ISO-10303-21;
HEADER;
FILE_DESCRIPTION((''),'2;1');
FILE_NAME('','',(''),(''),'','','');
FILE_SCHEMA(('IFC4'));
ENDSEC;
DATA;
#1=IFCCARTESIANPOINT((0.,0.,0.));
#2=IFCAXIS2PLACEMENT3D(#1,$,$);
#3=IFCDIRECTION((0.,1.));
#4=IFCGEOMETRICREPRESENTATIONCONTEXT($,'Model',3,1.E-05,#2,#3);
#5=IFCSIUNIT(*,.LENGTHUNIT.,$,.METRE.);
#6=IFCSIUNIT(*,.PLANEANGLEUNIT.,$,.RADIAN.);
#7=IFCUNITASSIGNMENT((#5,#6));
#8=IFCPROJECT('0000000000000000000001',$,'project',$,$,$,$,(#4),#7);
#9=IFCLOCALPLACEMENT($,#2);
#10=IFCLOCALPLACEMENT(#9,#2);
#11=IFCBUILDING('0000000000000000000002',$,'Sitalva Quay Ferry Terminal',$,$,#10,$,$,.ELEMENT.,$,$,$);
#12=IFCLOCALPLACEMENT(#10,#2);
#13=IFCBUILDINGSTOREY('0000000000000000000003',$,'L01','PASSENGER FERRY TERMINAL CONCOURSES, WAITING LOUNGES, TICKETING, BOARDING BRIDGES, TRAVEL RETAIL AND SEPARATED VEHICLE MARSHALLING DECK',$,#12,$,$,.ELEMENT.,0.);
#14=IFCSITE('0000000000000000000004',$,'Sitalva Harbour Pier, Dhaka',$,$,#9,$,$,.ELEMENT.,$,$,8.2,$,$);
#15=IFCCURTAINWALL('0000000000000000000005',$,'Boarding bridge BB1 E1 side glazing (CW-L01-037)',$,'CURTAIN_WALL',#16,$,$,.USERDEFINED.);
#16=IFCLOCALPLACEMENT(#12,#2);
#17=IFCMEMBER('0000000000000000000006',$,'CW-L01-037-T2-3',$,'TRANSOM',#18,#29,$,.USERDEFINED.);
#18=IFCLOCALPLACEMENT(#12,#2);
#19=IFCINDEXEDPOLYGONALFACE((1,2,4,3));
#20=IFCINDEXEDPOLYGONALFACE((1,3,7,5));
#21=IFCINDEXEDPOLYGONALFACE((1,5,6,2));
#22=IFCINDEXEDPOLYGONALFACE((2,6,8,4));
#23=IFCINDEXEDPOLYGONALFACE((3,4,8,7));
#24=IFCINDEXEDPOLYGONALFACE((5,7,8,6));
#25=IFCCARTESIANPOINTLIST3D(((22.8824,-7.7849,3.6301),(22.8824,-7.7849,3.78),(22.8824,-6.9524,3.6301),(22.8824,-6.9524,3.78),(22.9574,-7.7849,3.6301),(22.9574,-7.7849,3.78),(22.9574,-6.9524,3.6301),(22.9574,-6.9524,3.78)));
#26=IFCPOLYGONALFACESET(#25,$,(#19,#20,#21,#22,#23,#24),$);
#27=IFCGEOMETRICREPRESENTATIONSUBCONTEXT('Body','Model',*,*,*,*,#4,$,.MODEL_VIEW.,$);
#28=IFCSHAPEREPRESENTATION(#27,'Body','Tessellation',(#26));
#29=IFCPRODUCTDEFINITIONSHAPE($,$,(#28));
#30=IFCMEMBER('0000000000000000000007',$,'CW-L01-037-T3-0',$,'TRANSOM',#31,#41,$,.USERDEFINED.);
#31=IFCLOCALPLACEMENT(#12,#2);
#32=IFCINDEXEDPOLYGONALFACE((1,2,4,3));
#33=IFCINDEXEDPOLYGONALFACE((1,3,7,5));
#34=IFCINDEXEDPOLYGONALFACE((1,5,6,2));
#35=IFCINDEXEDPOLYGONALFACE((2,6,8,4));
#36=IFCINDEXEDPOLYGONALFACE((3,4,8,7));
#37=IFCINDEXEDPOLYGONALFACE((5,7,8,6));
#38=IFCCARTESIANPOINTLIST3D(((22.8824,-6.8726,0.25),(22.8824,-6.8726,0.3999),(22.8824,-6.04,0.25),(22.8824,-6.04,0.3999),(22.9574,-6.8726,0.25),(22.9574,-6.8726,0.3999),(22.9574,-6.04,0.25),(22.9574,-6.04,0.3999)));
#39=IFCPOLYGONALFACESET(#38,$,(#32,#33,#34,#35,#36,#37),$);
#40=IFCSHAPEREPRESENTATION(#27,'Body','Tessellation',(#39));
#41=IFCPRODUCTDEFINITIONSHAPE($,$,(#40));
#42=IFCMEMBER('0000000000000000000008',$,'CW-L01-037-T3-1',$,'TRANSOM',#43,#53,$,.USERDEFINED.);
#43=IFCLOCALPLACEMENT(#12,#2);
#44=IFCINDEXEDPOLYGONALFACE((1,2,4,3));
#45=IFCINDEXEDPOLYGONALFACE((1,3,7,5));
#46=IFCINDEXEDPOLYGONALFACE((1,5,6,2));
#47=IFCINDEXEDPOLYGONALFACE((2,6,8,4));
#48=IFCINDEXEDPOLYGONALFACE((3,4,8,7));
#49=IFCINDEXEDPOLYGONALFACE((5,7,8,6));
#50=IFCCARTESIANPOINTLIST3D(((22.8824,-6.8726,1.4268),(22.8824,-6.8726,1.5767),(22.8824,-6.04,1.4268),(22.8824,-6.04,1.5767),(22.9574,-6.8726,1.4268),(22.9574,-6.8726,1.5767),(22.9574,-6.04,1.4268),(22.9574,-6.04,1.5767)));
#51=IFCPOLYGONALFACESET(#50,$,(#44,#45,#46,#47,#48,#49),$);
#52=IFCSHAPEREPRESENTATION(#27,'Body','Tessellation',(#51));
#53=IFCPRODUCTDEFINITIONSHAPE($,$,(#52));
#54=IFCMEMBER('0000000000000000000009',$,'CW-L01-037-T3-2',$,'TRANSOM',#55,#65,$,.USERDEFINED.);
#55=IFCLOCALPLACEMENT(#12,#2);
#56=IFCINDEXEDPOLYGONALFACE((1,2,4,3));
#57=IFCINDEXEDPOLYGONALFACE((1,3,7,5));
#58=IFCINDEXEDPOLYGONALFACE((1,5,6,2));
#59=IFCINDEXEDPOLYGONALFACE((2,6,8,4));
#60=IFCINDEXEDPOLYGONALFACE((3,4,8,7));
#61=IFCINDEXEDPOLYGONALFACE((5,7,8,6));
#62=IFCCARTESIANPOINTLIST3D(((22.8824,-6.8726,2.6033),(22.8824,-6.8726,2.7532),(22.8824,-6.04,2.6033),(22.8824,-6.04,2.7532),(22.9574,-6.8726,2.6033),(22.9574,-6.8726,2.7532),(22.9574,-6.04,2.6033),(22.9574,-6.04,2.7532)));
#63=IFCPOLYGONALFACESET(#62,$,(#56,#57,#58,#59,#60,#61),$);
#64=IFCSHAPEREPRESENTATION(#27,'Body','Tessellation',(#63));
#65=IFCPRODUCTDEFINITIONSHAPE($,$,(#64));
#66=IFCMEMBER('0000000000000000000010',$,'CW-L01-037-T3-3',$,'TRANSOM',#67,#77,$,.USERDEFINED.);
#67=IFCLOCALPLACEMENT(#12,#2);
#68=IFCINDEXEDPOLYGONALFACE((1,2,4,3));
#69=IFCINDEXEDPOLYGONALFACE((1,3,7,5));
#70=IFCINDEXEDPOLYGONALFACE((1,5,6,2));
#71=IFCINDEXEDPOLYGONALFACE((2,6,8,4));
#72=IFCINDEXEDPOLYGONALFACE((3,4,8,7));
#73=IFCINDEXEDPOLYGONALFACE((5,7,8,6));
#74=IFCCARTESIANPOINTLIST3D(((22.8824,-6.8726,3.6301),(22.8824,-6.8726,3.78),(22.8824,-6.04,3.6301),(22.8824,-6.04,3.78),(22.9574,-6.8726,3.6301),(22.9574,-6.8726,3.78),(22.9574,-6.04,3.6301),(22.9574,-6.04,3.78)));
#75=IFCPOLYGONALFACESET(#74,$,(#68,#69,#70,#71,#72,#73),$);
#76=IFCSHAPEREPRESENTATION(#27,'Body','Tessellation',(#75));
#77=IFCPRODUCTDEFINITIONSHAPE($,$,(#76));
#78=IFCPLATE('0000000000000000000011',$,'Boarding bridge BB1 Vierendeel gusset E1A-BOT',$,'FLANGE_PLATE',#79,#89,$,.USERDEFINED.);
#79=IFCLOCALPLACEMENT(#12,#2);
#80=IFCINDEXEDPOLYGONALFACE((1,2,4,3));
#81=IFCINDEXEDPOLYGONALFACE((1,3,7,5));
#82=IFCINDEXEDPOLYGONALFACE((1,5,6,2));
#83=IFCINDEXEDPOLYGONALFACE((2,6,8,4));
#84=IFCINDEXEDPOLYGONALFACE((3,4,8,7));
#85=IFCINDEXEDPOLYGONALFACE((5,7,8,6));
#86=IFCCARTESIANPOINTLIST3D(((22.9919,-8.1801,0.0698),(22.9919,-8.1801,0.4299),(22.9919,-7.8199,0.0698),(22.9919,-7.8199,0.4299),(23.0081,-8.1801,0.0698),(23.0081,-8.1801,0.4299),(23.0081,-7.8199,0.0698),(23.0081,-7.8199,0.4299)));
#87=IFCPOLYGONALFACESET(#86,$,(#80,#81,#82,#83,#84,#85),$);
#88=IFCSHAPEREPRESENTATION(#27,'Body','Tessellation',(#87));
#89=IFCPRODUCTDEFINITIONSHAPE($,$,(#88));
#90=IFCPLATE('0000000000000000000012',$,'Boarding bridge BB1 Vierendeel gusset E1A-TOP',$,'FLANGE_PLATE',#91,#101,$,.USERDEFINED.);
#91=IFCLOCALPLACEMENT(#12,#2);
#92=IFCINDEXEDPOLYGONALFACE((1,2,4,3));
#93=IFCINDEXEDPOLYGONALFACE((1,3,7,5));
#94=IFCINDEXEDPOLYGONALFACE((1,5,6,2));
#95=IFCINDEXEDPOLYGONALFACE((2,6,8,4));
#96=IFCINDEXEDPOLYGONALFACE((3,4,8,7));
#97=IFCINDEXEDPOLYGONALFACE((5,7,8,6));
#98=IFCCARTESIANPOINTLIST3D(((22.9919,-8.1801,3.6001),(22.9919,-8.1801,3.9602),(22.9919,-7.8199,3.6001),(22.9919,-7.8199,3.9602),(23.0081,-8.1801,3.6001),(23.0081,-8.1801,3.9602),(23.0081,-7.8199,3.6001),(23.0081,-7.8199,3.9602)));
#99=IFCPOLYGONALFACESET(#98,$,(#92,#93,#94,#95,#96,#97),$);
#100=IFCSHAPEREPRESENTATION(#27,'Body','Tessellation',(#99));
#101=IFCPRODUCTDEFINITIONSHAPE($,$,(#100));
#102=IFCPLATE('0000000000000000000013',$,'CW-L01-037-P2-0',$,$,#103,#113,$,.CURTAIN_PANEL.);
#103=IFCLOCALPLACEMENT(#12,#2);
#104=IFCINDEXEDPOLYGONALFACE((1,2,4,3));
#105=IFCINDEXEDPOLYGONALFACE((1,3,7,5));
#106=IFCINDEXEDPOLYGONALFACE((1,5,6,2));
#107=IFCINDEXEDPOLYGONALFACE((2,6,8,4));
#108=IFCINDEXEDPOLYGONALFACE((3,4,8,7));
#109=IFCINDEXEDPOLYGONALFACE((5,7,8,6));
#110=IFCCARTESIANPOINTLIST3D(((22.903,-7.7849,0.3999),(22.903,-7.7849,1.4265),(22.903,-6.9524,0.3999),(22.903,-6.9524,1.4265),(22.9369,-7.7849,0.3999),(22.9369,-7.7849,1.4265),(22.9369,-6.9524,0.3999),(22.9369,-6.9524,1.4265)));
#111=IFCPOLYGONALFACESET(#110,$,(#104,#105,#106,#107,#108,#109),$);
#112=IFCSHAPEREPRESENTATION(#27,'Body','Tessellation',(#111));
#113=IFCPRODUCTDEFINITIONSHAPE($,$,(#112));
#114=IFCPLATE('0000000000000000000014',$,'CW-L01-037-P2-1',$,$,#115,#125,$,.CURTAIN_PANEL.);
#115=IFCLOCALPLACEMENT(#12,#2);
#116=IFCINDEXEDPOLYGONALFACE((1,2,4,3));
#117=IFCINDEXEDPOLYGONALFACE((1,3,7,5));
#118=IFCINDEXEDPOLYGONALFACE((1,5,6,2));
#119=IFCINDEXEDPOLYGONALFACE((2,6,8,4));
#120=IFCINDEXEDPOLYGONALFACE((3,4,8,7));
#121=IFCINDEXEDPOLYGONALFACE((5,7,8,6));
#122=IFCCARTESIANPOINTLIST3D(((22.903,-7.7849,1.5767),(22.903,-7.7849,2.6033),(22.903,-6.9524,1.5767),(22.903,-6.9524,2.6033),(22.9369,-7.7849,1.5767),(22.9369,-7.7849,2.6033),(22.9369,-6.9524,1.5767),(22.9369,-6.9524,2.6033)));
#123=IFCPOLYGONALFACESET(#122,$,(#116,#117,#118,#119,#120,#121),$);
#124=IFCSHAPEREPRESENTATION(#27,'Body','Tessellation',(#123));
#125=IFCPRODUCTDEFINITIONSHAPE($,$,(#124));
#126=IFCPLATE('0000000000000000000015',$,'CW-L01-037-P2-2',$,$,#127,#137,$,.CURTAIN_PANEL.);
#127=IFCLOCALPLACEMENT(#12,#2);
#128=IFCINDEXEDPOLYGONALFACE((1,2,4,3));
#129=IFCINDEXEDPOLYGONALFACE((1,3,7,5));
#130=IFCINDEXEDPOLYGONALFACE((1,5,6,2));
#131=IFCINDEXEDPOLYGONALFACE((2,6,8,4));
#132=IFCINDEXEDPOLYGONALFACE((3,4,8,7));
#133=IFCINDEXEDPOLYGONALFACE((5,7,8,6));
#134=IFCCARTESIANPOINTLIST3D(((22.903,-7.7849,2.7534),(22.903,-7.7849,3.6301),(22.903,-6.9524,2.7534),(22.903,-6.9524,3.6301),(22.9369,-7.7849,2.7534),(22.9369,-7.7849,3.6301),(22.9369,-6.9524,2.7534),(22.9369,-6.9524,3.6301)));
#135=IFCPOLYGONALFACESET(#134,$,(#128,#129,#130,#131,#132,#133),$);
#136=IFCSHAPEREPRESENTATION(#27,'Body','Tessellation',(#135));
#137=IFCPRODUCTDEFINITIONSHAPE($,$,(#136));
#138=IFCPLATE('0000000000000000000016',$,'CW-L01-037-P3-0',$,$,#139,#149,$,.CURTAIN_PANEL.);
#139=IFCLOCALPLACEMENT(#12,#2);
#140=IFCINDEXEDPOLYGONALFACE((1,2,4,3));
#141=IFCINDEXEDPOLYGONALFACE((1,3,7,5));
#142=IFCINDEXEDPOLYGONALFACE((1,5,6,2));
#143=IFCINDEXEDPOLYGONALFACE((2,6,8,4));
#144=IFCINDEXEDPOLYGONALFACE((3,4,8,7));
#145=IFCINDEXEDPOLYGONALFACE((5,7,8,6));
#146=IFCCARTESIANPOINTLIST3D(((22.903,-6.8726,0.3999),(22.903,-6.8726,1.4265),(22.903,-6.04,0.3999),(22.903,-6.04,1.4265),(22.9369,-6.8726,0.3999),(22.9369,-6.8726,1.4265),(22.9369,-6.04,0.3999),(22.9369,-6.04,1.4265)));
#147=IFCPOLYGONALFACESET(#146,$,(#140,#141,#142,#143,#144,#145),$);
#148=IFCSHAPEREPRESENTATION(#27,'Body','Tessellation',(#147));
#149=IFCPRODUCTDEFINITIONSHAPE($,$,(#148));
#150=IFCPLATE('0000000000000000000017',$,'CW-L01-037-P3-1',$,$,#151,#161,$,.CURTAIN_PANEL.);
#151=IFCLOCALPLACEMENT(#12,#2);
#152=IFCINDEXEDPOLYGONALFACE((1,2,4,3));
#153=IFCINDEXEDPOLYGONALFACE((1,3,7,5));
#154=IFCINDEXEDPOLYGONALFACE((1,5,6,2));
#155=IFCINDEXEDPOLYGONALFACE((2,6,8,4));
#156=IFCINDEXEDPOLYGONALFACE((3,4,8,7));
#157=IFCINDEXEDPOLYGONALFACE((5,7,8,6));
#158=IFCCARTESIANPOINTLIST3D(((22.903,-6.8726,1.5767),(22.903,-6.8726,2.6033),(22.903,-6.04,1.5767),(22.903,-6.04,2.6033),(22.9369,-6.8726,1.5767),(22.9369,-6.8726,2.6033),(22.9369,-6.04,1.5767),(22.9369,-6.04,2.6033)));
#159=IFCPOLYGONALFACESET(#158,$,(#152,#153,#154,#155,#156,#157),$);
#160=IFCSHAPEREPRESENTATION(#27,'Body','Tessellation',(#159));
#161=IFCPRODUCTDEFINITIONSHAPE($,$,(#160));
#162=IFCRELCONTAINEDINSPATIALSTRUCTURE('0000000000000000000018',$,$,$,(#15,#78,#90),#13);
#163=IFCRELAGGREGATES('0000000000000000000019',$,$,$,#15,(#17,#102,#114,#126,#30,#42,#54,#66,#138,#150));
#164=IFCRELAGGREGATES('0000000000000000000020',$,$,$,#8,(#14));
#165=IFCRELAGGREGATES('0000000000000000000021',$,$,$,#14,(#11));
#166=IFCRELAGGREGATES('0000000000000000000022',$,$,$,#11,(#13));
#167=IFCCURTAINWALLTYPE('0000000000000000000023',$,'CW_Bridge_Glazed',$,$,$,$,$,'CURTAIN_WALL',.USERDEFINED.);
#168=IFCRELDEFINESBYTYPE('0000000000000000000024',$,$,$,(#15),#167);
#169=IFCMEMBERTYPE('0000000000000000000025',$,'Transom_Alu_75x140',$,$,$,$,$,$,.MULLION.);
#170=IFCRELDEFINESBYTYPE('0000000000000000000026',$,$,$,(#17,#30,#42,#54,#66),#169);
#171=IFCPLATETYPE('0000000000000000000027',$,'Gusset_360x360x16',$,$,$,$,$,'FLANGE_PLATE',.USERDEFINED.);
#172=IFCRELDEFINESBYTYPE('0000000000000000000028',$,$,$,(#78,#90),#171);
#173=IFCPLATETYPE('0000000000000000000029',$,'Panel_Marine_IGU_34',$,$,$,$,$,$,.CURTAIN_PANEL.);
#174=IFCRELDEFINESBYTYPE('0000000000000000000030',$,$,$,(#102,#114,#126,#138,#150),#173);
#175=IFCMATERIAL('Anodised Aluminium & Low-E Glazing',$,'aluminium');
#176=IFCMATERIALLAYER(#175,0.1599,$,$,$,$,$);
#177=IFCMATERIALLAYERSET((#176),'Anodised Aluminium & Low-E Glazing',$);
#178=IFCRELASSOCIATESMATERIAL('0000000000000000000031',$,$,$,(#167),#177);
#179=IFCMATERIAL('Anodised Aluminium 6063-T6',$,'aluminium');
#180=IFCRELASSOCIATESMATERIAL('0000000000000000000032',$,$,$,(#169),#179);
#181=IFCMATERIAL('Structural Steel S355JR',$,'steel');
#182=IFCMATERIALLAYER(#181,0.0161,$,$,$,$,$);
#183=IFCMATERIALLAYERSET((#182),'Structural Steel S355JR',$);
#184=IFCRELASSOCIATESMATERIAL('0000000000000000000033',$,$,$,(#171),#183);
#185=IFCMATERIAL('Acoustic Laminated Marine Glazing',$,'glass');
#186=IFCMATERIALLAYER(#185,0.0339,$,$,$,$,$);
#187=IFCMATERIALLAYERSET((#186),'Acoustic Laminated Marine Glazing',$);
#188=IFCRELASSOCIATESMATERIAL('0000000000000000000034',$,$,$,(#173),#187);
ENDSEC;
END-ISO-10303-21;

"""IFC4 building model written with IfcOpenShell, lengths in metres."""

from ifc_helpers import new_model, si_unit, direction, frame, origin, origin_2d, place, context, subcontext, project, spatial, rectangle, extrude, material, layer, layer_set, material_profile, profile_set, type_object, element, aggregate, save


model = new_model("IFC4")

# Units and contexts
model_context = context("Model", 3, precision=1e-05, world=origin(), true_north=direction((0.0, 1.0)))
body_context = subcontext(model_context, "Body", "Model", "MODEL_VIEW")
ifc_project = project(units=[si_unit("LENGTHUNIT", "METRE"), si_unit("PLANEANGLEUNIT", "RADIAN")], contexts=[model_context])

# Site, building, storey
site_placement = place(None, origin())
site = spatial("IfcSite", under=ifc_project, at=site_placement, Name="Sitalva Harbour Pier, Dhaka", CompositionType="ELEMENT", RefElevation=8.2)
building_placement = place(site_placement, origin())
building = spatial("IfcBuilding", under=site, at=building_placement, Name="Sitalva Quay Ferry Terminal", CompositionType="ELEMENT")
storey_placement = place(building_placement, origin())
storey = spatial("IfcBuildingStorey", under=building, at=storey_placement, Name="L01", Description="PASSENGER FERRY TERMINAL CONCOURSES, WAITING LOUNGES, TICKETING, BOARDING BRIDGES, TRAVEL RETAIL AND SEPARATED VEHICLE MARSHALLING DECK", CompositionType="ELEMENT", Elevation=0.0)

# Curtain wall
ifc_material_1 = material(Name="Anodised Aluminium & Low-E Glazing", Category="aluminium")
ifc_layer_1 = layer(ifc_material_1, 0.1599)
ifc_layer_set_1 = layer_set([ifc_layer_1], Name="Anodised Aluminium & Low-E Glazing")
curtain_wall_type = type_object("IfcCurtainWallType", Name="CW_Bridge_Glazed", ElementType="CURTAIN_WALL", PredefinedType="USERDEFINED", material=ifc_layer_set_1)
curtain_wall_placement = place(storey_placement, origin())
curtain_wall = element("IfcCurtainWall", 1, at=curtain_wall_placement, inside=storey, type_object=curtain_wall_type, Name="Boarding bridge BB1 E1 side glazing (CW-L01-037)", ObjectType="CURTAIN_WALL", PredefinedType="USERDEFINED")

# Members
ifc_material_2 = material(Name="Anodised Aluminium 6063-T6", Category="aluminium")
ifc_material_profile_1 = material_profile(ifc_material_2, rectangle(XDim=0.075, YDim=0.1499, at=origin_2d()), Name="ALU75x150")
ifc_profile_set_1 = profile_set([ifc_material_profile_1], Name="Anodised Aluminium 6063-T6")
member_type_1 = type_object("IfcMemberType", Name="Transom_Alu_75x140", PredefinedType="MULLION", material=ifc_profile_set_1)
member_1_placement = place(storey_placement, frame((22.9199, -7.7849, 3.7051), z_axis=(0.0, 1.0, 0.0), x_axis=(-1.0, 0.0, 0.0)))
member_1 = element("IfcMember", 2, at=member_1_placement, type_object=member_type_1, Name="CW-L01-037-T2-3", ObjectType="TRANSOM", PredefinedType="USERDEFINED", context=body_context, shape_type="SweptSolid", body=[
    extrude(rectangle(XDim=0.075, YDim=0.1499, at=origin_2d()), origin(), (0.0, 0.0, 1.0), 0.8325),
])
member_2_placement = place(storey_placement, frame((22.9199, -6.8726, 0.325), z_axis=(0.0, 1.0, 0.0), x_axis=(-1.0, 0.0, 0.0)))
member_2 = element("IfcMember", 3, at=member_2_placement, type_object=member_type_1, Name="CW-L01-037-T3-0", ObjectType="TRANSOM", PredefinedType="USERDEFINED", context=body_context, shape_type="SweptSolid", body=[
    extrude(rectangle(XDim=0.075, YDim=0.1499, at=origin_2d()), origin(), (0.0, 0.0, 1.0), 0.8325),
])
member_3_placement = place(storey_placement, frame((22.9199, -6.8726, 1.5017), z_axis=(0.0, 1.0, 0.0), x_axis=(-1.0, 0.0, 0.0)))
member_3 = element("IfcMember", 4, at=member_3_placement, type_object=member_type_1, Name="CW-L01-037-T3-1", ObjectType="TRANSOM", PredefinedType="USERDEFINED", context=body_context, shape_type="SweptSolid", body=[
    extrude(rectangle(XDim=0.075, YDim=0.1499, at=origin_2d()), origin(), (0.0, 0.0, 1.0), 0.8325),
])
member_4_placement = place(storey_placement, frame((22.9199, -6.8726, 2.6782), z_axis=(0.0, 1.0, 0.0), x_axis=(-1.0, 0.0, 0.0)))
member_4 = element("IfcMember", 5, at=member_4_placement, type_object=member_type_1, Name="CW-L01-037-T3-2", ObjectType="TRANSOM", PredefinedType="USERDEFINED", context=body_context, shape_type="SweptSolid", body=[
    extrude(rectangle(XDim=0.075, YDim=0.1499, at=origin_2d()), origin(), (0.0, 0.0, 1.0), 0.8325),
])
member_5_placement = place(storey_placement, frame((22.9199, -6.8726, 3.7051), z_axis=(0.0, 1.0, 0.0), x_axis=(-1.0, 0.0, 0.0)))
member_5 = element("IfcMember", 6, at=member_5_placement, type_object=member_type_1, Name="CW-L01-037-T3-3", ObjectType="TRANSOM", PredefinedType="USERDEFINED", context=body_context, shape_type="SweptSolid", body=[
    extrude(rectangle(XDim=0.075, YDim=0.1499, at=origin_2d()), origin(), (0.0, 0.0, 1.0), 0.8325),
])

# Plates
ifc_material_3 = material(Name="Structural Steel S355JR", Category="steel")
ifc_layer_2 = layer(ifc_material_3, 0.0161)
ifc_layer_set_2 = layer_set([ifc_layer_2], Name="Structural Steel S355JR")
plate_type_1 = type_object("IfcPlateType", Name="Gusset_360x360x16", ElementType="FLANGE_PLATE", PredefinedType="USERDEFINED", material=ifc_layer_set_2)
for number, where, z_axis, x_axis, name in (
    (7, (23.0, -8.0, 0.0698), (0.0, 0.0, 1.0), (1.0, 0.0, 0.0), "Boarding bridge BB1 Vierendeel gusset E1A-BOT"),
    (8, (23.0, -8.0, 3.6001), (0.0, 0.0, 1.0), (1.0, 0.0, 0.0), "Boarding bridge BB1 Vierendeel gusset E1A-TOP"),
):
    element("IfcPlate", number, at=place(storey_placement, frame(where, z_axis=z_axis, x_axis=x_axis)), inside=storey, type_object=plate_type_1, Name=name, ObjectType="FLANGE_PLATE", PredefinedType="USERDEFINED", context=body_context, shape_type="SweptSolid", body=[
        extrude(rectangle(XDim=0.0161, YDim=0.3601, at=origin_2d()), origin(), (0.0, 0.0, 1.0), 0.3601),
    ])

# Plates
ifc_material_4 = material(Name="Acoustic Laminated Marine Glazing", Category="glass")
ifc_layer_3 = layer(ifc_material_4, 0.0339)
ifc_layer_set_3 = layer_set([ifc_layer_3], Name="Acoustic Laminated Marine Glazing")
plate_type_2 = type_object("IfcPlateType", Name="Panel_Marine_IGU_34", PredefinedType="CURTAIN_PANEL", material=ifc_layer_set_3)
plate_1_placement = place(storey_placement, frame((22.9199, -7.3687, 0.3999), z_axis=(0.0, 0.0, 1.0), x_axis=(0.0, 1.0, 0.0)))
plate_1 = element("IfcPlate", 9, at=plate_1_placement, type_object=plate_type_2, Name="CW-L01-037-P2-0", PredefinedType="CURTAIN_PANEL", context=body_context, shape_type="SweptSolid", body=[
    extrude(rectangle(XDim=0.8325, YDim=0.0339, at=origin_2d()), origin(), (0.0, 0.0, 1.0), 1.0266),
])
plate_2_placement = place(storey_placement, frame((22.9199, -7.3687, 1.5767), z_axis=(0.0, 0.0, 1.0), x_axis=(0.0, 1.0, 0.0)))
plate_2 = element("IfcPlate", 10, at=plate_2_placement, type_object=plate_type_2, Name="CW-L01-037-P2-1", PredefinedType="CURTAIN_PANEL", context=body_context, shape_type="SweptSolid", body=[
    extrude(rectangle(XDim=0.8325, YDim=0.0339, at=origin_2d()), origin(), (0.0, 0.0, 1.0), 1.0266),
])
plate_3_placement = place(storey_placement, frame((22.9199, -7.3687, 2.7534), z_axis=(0.0, 0.0, 1.0), x_axis=(0.0, 1.0, 0.0)))
plate_3 = element("IfcPlate", 11, at=plate_3_placement, type_object=plate_type_2, Name="CW-L01-037-P2-2", PredefinedType="CURTAIN_PANEL", context=body_context, shape_type="SweptSolid", body=[
    extrude(rectangle(XDim=0.8325, YDim=0.0339, at=origin_2d()), origin(), (0.0, 0.0, 1.0), 0.8767),
])
plate_4_placement = place(storey_placement, frame((22.9199, -6.4563, 0.3999), z_axis=(0.0, 0.0, 1.0), x_axis=(0.0, 1.0, 0.0)))
plate_4 = element("IfcPlate", 12, at=plate_4_placement, type_object=plate_type_2, Name="CW-L01-037-P3-0", PredefinedType="CURTAIN_PANEL", context=body_context, shape_type="SweptSolid", body=[
    extrude(rectangle(XDim=0.8325, YDim=0.0339, at=origin_2d()), origin(), (0.0, 0.0, 1.0), 1.0266),
])
plate_5_placement = place(storey_placement, frame((22.9199, -6.4563, 1.5767), z_axis=(0.0, 0.0, 1.0), x_axis=(0.0, 1.0, 0.0)))
plate_5 = element("IfcPlate", 13, at=plate_5_placement, type_object=plate_type_2, Name="CW-L01-037-P3-1", PredefinedType="CURTAIN_PANEL", context=body_context, shape_type="SweptSolid", body=[
    extrude(rectangle(XDim=0.8325, YDim=0.0339, at=origin_2d()), origin(), (0.0, 0.0, 1.0), 1.0266),
])
aggregate(curtain_wall, [member_1, plate_1, plate_2, plate_3, member_2, member_3, member_4, member_5, plate_4, plate_5])

save(model, "model.ifc")
